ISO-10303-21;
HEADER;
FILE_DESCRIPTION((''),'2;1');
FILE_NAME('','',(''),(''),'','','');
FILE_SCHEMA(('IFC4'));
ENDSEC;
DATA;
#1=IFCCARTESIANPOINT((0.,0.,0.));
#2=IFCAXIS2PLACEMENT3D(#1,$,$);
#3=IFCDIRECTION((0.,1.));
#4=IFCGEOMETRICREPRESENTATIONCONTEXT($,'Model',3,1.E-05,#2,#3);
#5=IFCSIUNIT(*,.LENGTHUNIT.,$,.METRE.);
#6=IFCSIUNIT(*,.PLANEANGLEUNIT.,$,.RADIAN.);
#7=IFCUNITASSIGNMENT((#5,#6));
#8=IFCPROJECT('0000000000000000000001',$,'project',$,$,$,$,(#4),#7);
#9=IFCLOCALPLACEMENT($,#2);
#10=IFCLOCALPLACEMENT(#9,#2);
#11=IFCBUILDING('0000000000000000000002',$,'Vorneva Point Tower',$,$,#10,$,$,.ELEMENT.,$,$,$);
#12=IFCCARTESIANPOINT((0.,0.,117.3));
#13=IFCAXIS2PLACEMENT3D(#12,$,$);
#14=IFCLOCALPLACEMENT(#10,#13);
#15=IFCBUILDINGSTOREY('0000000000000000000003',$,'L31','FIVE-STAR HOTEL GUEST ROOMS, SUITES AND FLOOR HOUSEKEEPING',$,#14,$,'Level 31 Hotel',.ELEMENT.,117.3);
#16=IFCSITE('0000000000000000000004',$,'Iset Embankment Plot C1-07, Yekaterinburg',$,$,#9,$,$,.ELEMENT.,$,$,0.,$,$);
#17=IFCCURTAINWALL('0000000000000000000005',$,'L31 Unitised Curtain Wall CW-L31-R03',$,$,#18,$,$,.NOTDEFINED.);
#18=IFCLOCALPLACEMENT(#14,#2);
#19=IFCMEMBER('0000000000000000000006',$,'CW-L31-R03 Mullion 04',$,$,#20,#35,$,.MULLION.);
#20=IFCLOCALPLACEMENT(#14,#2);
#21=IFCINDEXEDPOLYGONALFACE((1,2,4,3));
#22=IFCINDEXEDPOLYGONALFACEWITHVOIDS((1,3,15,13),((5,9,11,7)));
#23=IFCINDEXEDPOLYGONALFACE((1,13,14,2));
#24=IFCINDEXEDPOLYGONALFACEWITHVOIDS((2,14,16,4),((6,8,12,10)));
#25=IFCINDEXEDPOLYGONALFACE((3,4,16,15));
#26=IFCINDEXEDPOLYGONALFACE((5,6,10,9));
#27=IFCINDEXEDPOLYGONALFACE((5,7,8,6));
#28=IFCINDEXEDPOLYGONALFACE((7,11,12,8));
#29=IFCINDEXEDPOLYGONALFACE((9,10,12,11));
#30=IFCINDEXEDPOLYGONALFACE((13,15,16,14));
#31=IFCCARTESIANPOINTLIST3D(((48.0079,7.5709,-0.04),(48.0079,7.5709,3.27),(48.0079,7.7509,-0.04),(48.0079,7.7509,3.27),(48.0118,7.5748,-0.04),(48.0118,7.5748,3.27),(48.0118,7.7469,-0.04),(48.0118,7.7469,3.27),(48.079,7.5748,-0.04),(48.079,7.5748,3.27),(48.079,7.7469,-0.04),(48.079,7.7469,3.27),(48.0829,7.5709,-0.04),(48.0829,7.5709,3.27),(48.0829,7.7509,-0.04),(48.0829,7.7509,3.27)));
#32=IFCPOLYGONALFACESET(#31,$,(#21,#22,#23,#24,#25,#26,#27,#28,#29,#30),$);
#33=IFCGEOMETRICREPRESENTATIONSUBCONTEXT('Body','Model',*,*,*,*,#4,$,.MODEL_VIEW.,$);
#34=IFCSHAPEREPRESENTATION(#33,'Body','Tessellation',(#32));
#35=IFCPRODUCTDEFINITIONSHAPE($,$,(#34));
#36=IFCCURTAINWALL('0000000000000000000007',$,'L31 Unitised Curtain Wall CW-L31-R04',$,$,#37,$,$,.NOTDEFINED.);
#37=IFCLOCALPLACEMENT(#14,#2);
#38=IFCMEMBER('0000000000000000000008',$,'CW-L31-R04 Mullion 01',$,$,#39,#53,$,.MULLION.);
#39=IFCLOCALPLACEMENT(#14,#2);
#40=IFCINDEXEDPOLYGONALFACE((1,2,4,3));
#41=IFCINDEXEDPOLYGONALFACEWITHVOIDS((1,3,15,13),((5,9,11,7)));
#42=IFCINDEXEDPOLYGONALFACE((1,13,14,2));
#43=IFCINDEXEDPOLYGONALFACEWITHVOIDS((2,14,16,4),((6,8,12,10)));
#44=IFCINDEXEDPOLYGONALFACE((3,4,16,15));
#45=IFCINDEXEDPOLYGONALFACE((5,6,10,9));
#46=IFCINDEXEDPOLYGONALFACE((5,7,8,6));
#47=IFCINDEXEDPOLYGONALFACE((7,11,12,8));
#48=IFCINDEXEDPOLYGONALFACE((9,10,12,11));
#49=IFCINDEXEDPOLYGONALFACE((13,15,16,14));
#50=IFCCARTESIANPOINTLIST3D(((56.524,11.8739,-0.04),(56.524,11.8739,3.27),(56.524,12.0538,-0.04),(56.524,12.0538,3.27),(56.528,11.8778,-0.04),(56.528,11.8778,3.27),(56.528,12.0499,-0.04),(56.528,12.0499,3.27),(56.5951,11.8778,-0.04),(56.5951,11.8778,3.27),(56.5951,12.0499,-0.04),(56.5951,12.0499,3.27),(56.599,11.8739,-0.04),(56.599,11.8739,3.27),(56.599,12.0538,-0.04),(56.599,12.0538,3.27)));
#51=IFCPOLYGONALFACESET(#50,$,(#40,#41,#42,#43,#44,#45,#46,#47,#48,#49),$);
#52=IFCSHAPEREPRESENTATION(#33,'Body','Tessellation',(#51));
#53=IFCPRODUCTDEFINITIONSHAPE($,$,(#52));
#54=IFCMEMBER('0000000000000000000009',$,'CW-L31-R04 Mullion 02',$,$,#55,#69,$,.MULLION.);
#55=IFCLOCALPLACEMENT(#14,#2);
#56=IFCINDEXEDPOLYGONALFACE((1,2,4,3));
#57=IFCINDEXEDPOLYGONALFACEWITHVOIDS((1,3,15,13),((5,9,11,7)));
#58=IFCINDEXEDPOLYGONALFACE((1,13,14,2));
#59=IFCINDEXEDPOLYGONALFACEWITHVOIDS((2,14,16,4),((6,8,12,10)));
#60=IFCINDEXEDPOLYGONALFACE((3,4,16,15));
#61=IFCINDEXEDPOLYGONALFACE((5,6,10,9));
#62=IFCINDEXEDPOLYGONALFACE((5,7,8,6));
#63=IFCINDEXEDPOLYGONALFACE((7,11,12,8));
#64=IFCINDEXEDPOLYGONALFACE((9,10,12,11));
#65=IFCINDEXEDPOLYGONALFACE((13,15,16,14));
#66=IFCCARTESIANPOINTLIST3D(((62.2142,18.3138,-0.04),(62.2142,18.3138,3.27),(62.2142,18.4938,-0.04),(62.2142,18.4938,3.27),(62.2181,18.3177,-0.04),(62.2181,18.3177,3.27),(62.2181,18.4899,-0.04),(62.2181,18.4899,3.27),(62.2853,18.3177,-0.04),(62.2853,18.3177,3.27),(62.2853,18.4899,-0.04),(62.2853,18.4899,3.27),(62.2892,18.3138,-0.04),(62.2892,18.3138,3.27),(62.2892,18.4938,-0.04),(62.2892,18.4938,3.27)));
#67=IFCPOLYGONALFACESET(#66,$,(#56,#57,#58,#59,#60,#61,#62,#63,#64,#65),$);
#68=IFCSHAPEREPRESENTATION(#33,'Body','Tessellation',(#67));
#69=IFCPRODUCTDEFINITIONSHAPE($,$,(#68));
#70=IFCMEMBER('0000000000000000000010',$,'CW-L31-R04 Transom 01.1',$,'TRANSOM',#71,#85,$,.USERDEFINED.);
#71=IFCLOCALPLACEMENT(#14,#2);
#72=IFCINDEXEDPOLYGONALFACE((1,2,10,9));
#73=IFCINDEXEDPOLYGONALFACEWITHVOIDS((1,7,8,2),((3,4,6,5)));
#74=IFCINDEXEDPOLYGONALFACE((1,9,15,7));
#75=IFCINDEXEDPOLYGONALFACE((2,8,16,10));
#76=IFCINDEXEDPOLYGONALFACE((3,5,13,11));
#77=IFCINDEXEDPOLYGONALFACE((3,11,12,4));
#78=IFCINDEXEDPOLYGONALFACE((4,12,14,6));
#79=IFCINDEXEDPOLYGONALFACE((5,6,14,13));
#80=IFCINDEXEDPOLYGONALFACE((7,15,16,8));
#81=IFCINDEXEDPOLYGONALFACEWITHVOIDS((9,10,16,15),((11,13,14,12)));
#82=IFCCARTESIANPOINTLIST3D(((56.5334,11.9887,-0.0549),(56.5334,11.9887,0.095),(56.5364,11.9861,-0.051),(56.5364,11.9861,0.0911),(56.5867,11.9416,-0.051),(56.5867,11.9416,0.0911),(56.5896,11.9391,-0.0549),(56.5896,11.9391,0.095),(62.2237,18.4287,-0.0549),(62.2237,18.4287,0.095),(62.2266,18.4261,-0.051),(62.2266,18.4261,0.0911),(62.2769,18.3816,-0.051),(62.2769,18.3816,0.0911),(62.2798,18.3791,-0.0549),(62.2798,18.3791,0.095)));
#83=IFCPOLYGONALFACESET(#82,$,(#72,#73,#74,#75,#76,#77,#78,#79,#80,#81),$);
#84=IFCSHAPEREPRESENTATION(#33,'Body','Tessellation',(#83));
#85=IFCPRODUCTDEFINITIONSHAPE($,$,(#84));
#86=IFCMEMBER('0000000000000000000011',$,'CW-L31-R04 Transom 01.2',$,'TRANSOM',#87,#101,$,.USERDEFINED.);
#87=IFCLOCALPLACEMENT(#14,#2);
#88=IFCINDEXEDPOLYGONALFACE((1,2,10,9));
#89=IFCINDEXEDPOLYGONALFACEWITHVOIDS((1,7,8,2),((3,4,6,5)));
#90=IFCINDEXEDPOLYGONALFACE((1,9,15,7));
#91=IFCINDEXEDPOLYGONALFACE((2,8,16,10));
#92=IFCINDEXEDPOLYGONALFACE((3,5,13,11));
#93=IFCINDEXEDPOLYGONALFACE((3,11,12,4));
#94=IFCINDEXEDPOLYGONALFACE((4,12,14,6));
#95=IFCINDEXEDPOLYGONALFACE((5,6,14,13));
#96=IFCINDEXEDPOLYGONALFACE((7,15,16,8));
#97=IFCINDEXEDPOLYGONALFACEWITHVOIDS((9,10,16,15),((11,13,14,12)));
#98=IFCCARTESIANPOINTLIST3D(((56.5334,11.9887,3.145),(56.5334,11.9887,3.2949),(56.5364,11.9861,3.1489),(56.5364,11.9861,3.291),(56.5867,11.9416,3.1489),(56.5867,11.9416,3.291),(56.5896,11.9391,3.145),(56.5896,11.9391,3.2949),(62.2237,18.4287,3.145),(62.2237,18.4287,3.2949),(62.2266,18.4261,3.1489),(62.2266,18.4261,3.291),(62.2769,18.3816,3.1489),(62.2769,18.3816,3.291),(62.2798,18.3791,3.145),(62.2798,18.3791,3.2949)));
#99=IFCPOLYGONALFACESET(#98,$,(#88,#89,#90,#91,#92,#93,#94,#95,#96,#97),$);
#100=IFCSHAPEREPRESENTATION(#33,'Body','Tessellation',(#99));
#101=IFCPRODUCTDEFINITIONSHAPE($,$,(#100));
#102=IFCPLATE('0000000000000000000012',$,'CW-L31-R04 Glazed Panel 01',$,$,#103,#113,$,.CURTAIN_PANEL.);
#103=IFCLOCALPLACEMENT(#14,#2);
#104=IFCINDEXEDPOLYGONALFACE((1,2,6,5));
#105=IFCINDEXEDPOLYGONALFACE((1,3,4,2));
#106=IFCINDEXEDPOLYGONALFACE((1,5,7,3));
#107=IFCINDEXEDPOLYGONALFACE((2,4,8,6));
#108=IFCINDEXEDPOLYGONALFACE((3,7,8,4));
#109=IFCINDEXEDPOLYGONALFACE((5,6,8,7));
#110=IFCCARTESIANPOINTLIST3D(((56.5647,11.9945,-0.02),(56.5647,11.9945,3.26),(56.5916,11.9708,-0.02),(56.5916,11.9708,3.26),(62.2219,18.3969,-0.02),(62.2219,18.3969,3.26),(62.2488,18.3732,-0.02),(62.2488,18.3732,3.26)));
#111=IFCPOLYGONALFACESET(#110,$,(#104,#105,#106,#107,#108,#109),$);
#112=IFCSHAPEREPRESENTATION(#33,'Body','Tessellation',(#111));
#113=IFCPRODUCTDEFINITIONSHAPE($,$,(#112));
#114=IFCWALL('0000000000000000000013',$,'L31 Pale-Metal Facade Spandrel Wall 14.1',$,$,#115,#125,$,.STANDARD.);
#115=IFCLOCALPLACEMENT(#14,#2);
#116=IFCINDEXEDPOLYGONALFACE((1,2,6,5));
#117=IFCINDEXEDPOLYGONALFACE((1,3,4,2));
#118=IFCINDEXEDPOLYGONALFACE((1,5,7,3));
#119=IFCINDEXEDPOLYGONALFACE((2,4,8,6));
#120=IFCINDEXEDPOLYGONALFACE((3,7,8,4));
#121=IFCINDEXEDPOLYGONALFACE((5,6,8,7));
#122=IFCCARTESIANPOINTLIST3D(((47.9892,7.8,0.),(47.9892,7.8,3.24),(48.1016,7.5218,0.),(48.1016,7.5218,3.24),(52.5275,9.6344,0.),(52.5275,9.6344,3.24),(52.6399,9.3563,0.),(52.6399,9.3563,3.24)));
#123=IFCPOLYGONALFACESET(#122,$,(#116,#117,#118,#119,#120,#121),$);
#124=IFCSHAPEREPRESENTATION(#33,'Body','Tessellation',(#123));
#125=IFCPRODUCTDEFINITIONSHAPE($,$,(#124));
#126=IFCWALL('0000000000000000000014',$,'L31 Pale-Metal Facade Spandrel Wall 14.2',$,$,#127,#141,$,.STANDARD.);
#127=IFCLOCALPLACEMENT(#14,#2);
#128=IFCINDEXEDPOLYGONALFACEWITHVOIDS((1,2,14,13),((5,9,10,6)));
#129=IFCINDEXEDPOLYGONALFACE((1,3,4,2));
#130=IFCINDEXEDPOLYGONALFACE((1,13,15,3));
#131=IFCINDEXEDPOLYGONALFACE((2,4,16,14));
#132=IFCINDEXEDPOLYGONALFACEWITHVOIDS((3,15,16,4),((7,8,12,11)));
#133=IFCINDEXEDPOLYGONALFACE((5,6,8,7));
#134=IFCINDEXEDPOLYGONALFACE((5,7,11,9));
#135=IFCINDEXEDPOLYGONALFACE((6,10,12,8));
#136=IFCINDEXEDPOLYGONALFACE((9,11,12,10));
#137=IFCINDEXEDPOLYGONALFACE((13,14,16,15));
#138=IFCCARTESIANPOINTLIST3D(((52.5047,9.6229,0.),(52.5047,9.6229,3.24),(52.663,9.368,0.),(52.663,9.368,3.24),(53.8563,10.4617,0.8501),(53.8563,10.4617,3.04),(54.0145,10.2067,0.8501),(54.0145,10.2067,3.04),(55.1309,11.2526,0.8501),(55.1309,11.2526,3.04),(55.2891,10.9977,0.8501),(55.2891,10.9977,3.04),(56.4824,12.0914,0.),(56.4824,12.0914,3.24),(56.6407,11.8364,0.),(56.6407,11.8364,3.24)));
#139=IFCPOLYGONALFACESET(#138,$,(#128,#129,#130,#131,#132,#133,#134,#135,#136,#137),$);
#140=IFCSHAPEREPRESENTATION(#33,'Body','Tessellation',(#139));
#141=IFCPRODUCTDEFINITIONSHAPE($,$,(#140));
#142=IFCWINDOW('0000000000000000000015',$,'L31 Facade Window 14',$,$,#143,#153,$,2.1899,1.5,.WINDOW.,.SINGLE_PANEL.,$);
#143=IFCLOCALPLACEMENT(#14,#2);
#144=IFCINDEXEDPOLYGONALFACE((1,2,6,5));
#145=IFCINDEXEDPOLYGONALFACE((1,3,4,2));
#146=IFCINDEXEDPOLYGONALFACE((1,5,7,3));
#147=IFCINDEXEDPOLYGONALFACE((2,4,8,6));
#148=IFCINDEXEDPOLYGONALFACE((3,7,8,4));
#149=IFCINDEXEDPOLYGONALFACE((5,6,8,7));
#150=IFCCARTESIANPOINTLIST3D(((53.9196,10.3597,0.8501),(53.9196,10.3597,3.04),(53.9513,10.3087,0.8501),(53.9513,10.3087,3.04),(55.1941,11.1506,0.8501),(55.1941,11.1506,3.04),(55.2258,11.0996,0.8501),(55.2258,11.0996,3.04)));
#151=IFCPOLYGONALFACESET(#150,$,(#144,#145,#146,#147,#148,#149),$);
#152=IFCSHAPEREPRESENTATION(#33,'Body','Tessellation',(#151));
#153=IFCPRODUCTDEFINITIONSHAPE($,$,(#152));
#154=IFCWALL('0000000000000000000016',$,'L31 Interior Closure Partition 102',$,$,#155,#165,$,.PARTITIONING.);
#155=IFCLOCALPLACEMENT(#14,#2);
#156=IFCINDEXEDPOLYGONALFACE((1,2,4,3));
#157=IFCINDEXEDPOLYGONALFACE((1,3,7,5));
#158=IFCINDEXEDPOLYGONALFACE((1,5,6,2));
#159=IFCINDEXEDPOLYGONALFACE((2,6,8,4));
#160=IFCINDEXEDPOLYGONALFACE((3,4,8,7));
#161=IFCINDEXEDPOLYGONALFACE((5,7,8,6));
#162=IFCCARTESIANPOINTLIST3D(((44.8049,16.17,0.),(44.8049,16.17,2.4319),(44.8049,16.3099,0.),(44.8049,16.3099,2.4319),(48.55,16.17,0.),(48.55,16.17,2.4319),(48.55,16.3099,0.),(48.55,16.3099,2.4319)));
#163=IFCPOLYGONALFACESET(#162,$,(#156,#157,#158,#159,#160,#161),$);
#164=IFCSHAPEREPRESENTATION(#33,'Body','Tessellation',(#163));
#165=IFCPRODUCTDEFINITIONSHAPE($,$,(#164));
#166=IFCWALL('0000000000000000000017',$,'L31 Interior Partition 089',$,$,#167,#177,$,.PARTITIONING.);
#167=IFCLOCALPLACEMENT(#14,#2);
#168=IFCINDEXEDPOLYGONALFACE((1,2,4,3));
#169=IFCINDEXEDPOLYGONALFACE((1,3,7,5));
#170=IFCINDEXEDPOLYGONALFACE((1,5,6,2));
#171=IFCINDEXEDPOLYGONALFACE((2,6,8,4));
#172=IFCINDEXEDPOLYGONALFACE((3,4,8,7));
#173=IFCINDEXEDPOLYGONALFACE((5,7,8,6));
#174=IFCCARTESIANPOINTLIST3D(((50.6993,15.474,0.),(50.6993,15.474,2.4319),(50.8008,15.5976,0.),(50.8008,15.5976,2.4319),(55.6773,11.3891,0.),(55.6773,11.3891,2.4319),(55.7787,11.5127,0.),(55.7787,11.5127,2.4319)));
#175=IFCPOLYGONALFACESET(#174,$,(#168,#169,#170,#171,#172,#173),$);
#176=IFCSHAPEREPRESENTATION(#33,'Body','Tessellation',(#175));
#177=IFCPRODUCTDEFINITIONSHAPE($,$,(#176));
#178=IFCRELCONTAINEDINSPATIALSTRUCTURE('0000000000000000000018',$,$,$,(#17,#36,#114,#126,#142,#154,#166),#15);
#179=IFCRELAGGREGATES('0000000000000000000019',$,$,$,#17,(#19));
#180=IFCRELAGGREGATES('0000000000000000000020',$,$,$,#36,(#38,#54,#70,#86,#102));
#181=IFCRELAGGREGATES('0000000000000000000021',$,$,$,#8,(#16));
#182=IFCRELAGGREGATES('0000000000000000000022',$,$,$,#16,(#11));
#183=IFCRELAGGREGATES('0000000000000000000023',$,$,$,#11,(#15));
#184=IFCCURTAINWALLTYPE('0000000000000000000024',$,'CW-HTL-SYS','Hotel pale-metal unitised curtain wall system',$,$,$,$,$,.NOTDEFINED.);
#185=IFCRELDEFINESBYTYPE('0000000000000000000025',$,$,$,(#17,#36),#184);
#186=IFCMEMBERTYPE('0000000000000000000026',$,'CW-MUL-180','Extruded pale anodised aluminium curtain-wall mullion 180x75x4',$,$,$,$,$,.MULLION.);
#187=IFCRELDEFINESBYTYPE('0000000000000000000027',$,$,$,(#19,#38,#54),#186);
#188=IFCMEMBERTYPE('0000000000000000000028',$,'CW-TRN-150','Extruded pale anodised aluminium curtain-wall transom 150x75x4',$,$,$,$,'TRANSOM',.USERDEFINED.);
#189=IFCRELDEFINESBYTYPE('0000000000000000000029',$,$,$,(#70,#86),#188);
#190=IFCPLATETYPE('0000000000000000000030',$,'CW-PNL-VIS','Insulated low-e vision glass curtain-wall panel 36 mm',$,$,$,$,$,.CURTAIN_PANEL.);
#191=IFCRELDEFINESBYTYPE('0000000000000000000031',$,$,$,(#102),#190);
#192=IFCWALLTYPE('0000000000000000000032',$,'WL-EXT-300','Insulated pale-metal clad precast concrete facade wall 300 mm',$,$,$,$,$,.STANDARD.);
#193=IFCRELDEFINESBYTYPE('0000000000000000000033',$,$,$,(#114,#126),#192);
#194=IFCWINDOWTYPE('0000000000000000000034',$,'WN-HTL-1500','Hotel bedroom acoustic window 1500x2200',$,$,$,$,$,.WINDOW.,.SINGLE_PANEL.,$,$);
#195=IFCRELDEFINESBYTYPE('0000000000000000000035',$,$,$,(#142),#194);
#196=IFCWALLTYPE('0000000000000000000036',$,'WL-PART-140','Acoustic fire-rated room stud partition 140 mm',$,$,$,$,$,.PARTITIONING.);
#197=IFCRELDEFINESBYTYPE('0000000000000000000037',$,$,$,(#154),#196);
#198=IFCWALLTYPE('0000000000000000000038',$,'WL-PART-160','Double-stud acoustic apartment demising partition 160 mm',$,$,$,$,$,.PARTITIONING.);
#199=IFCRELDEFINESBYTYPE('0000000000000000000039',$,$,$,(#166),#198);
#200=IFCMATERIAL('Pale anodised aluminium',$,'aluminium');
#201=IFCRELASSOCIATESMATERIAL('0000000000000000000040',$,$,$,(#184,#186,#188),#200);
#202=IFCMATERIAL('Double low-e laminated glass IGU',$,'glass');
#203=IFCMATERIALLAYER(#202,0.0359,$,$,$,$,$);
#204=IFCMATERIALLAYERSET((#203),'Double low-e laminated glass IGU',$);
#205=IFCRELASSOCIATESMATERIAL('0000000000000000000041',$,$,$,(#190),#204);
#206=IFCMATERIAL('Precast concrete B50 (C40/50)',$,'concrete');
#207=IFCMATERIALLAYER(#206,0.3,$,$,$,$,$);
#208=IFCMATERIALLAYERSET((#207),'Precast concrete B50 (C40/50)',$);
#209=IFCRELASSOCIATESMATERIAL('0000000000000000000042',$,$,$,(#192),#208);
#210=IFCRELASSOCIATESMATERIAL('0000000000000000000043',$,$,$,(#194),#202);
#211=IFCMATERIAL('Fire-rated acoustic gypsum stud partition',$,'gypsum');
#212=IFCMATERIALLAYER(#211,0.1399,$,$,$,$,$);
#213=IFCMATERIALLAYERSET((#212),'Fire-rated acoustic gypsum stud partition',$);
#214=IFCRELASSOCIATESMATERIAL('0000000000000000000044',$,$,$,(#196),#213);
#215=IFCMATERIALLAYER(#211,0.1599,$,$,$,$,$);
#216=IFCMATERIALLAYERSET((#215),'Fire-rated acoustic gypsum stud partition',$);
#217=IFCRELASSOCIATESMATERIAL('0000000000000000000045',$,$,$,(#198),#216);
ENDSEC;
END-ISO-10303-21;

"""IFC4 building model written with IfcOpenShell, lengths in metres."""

from ifc_helpers import new_model, si_unit, direction, frame, frame_2d, origin, origin_2d, place, context, subcontext, project, spatial, rectangle, hollow_rectangle, extrude, material, layer, layer_set, material_profile, profile_set, type_object, element, fill, aggregate, save


model = new_model("IFC4")

# Units and contexts
model_context = context("Model", 3, precision=1e-05, world=origin(), true_north=direction((0.0, 1.0)))
body_context = subcontext(model_context, "Body", "Model", "MODEL_VIEW")
ifc_project = project(units=[si_unit("LENGTHUNIT", "METRE"), si_unit("PLANEANGLEUNIT", "RADIAN")], contexts=[model_context])

# Site, building, storey
site_placement = place(None, origin())
site = spatial("IfcSite", under=ifc_project, at=site_placement, Name="Iset Embankment Plot C1-07, Yekaterinburg", CompositionType="ELEMENT", RefElevation=0.0)
building_placement = place(site_placement, origin())
building = spatial("IfcBuilding", under=site, at=building_placement, Name="Vorneva Point Tower", CompositionType="ELEMENT")
storey_placement = place(building_placement, frame((0.0, 0.0, 117.3)))
storey = spatial("IfcBuildingStorey", under=building, at=storey_placement, Name="L31", Description="FIVE-STAR HOTEL GUEST ROOMS, SUITES AND FLOOR HOUSEKEEPING", LongName="Level 31 Hotel", CompositionType="ELEMENT", Elevation=117.3)

# Curtain wall, member
ifc_material_1 = material(Name="Pale anodised aluminium", Category="aluminium")
curtain_wall_type = type_object("IfcCurtainWallType", Name="CW-HTL-SYS", Description="Hotel pale-metal unitised curtain wall system", PredefinedType="NOTDEFINED", material=ifc_material_1)
curtain_wall_1_placement = place(storey_placement, origin())
curtain_wall_1 = element("IfcCurtainWall", 1, at=curtain_wall_1_placement, inside=storey, type_object=curtain_wall_type, Name="L31 Unitised Curtain Wall CW-L31-R03", PredefinedType="NOTDEFINED")
ifc_material_profile_1 = material_profile(ifc_material_1, hollow_rectangle(XDim=0.075, YDim=0.1799, WallThickness=0.0039, at=origin_2d()), Name="AL-MUL 180x75x4")
ifc_profile_set_1 = profile_set([ifc_material_profile_1], Name="Pale anodised aluminium")
member_type_1 = type_object("IfcMemberType", Name="CW-MUL-180", Description="Extruded pale anodised aluminium curtain-wall mullion 180x75x4", PredefinedType="MULLION", material=ifc_profile_set_1)
member_1_placement = place(storey_placement, frame((48.0454, 7.6609, -0.04), z_axis=(0.0, 0.0, 1.0), x_axis=(1.0, 0.0, 0.0)))
member_1 = element("IfcMember", 2, at=member_1_placement, type_object=member_type_1, Name="CW-L31-R03 Mullion 04", PredefinedType="MULLION", context=body_context, shape_type="SweptSolid", body=[
    extrude(hollow_rectangle(XDim=0.075, YDim=0.1799, WallThickness=0.0039, at=origin_2d()), origin(), (0.0, 0.0, 1.0), 3.3101),
])
aggregate(curtain_wall_1, [member_1])

# Curtain wall, members, plate
curtain_wall_2_placement = place(storey_placement, origin())
curtain_wall_2 = element("IfcCurtainWall", 3, at=curtain_wall_2_placement, inside=storey, type_object=curtain_wall_type, Name="L31 Unitised Curtain Wall CW-L31-R04", PredefinedType="NOTDEFINED")
member_2_placement = place(storey_placement, frame((56.5615, 11.9639, -0.04), z_axis=(0.0, 0.0, 1.0), x_axis=(1.0, 0.0, 0.0)))
member_2 = element("IfcMember", 4, at=member_2_placement, type_object=member_type_1, Name="CW-L31-R04 Mullion 01", PredefinedType="MULLION", context=body_context, shape_type="SweptSolid", body=[
    extrude(hollow_rectangle(XDim=0.075, YDim=0.1799, WallThickness=0.0039, at=origin_2d()), origin(), (0.0, 0.0, 1.0), 3.3101),
])
member_3_placement = place(storey_placement, frame((62.2517, 18.4038, -0.04), z_axis=(0.0, 0.0, 1.0), x_axis=(1.0, 0.0, 0.0)))
member_3 = element("IfcMember", 5, at=member_3_placement, type_object=member_type_1, Name="CW-L31-R04 Mullion 02", PredefinedType="MULLION", context=body_context, shape_type="SweptSolid", body=[
    extrude(hollow_rectangle(XDim=0.075, YDim=0.1799, WallThickness=0.0039, at=origin_2d()), origin(), (0.0, 0.0, 1.0), 3.3101),
])
ifc_material_profile_2 = material_profile(ifc_material_1, hollow_rectangle(XDim=0.075, YDim=0.1499, WallThickness=0.0039, at=origin_2d()), Name="AL-TRN 150x75x4")
ifc_profile_set_2 = profile_set([ifc_material_profile_2], Name="Pale anodised aluminium")
member_type_2 = type_object("IfcMemberType", Name="CW-TRN-150", Description="Extruded pale anodised aluminium curtain-wall transom 150x75x4", ElementType="TRANSOM", PredefinedType="USERDEFINED", material=ifc_profile_set_2)
member_4_placement = place(storey_placement, frame((56.5615, 11.9639, 0.02), z_axis=(0.662137, 0.749383, 0.0), x_axis=(-0.749383, 0.662137, 0.0)))
member_4 = element("IfcMember", 6, at=member_4_placement, type_object=member_type_2, Name="CW-L31-R04 Transom 01.1", ObjectType="TRANSOM", PredefinedType="USERDEFINED", context=body_context, shape_type="SweptSolid", body=[
    extrude(hollow_rectangle(XDim=0.075, YDim=0.1499, WallThickness=0.0039, at=origin_2d()), origin(), (0.0, 0.0, 1.0), 8.5938),
])
member_5_placement = place(storey_placement, frame((56.5615, 11.9639, 3.22), z_axis=(0.662137, 0.749383, 0.0), x_axis=(-0.749383, 0.662137, 0.0)))
member_5 = element("IfcMember", 7, at=member_5_placement, type_object=member_type_2, Name="CW-L31-R04 Transom 01.2", ObjectType="TRANSOM", PredefinedType="USERDEFINED", context=body_context, shape_type="SweptSolid", body=[
    extrude(hollow_rectangle(XDim=0.075, YDim=0.1499, WallThickness=0.0039, at=origin_2d()), origin(), (0.0, 0.0, 1.0), 8.5938),
])
ifc_material_2 = material(Name="Double low-e laminated glass IGU", Category="glass")
ifc_layer_1 = layer(ifc_material_2, 0.0359)
ifc_layer_set_1 = layer_set([ifc_layer_1], Name="Double low-e laminated glass IGU")
plate_type = type_object("IfcPlateType", Name="CW-PNL-VIS", Description="Insulated low-e vision glass curtain-wall panel 36 mm", PredefinedType="CURTAIN_PANEL", material=ifc_layer_set_1)
plate_placement = place(storey_placement, frame((59.4067, 15.1838, -0.02), z_axis=(0.0, 0.0, 1.0), x_axis=(0.662149, 0.749372, 0.0)))
plate = element("IfcPlate", 8, at=plate_placement, type_object=plate_type, Name="CW-L31-R04 Glazed Panel 01", PredefinedType="CURTAIN_PANEL", context=body_context, shape_type="SweptSolid", body=[
    extrude(rectangle(XDim=8.5437, YDim=0.0359, at=origin_2d()), origin(), (0.0, 0.0, 1.0), 3.28),
])
aggregate(curtain_wall_2, [member_2, member_3, member_4, member_5, plate])

# Wall
ifc_material_3 = material(Name="Precast concrete B50 (C40/50)", Category="concrete")
ifc_layer_2 = layer(ifc_material_3, 0.3)
ifc_layer_set_2 = layer_set([ifc_layer_2], Name="Precast concrete B50 (C40/50)")
wall_type_1 = type_object("IfcWallType", Name="WL-EXT-300", Description="Insulated pale-metal clad precast concrete facade wall 300 mm", PredefinedType="STANDARD", material=ifc_layer_set_2)
wall_1_placement = place(storey_placement, frame((48.0454, 7.6609, 0.0), z_axis=(0.0, 0.0, 1.0), x_axis=(0.927122, 0.374759, 0.0)))
element("IfcWall", 9, at=wall_1_placement, inside=storey, type_object=wall_type_1, Name="L31 Pale-Metal Facade Spandrel Wall 14.1", PredefinedType="STANDARD", context=body_context, shape_type="SweptSolid", body=[
    extrude(rectangle(XDim=4.895, YDim=0.3, at=frame_2d((2.4475, 0.0))), origin(), (0.0, 0.0, 1.0), 3.24),
])

# Wall, opening, window
wall_2_placement = place(storey_placement, frame((52.5837, 9.4954, 0.0), z_axis=(0.0, 0.0, 1.0), x_axis=(0.849684, 0.527291, 0.0)))
wall_2 = element("IfcWall", 10, at=wall_2_placement, inside=storey, type_object=wall_type_1, Name="L31 Pale-Metal Facade Spandrel Wall 14.2", PredefinedType="STANDARD", context=body_context, shape_type="SweptSolid", body=[
    extrude(rectangle(XDim=4.6814, YDim=0.3, at=frame_2d((2.3408, 0.0))), origin(), (0.0, 0.0, 1.0), 3.24),
])
opening_1_placement = place(wall_2_placement, frame((1.5908, 0.0, 0.8501)))
opening_1 = element("IfcOpeningElement", 11, at=opening_1_placement, cuts=wall_2, PredefinedType="OPENING", context=body_context, shape_type="SweptSolid", body=[
    extrude(rectangle(XDim=1.5, YDim=2.1899, at=frame_2d((0.75, 1.095))), frame((0.0, 0.165, 0.0), z_axis=(0.0, -1.0, 0.0), x_axis=(1.0, 0.0, 0.0)), (0.0, 0.0, 1.0), 0.3298),
])
window_type = type_object("IfcWindowType", Name="WN-HTL-1500", Description="Hotel bedroom acoustic window 1500x2200", PartitioningType="SINGLE_PANEL", PredefinedType="WINDOW", material=ifc_material_2)
window_placement = place(opening_1_placement, origin())
window = element("IfcWindow", 12, at=window_placement, inside=storey, type_object=window_type, Name="L31 Facade Window 14", OverallHeight=2.1899, OverallWidth=1.5, PartitioningType="SINGLE_PANEL", PredefinedType="WINDOW", context=body_context, shape_type="SweptSolid", body=[
    extrude(rectangle(XDim=1.5, YDim=2.1899, at=frame_2d((0.75, 1.095))), frame((0.0, 0.03, 0.0), z_axis=(0.0, -1.0, 0.0), x_axis=(1.0, 0.0, 0.0)), (0.0, 0.0, 1.0), 0.0601),
])
fill(opening_1, window)

# Walls
ifc_material_4 = material(Name="Fire-rated acoustic gypsum stud partition", Category="gypsum")
ifc_layer_3 = layer(ifc_material_4, 0.1399)
ifc_layer_set_3 = layer_set([ifc_layer_3], Name="Fire-rated acoustic gypsum stud partition")
wall_type_2 = type_object("IfcWallType", Name="WL-PART-140", Description="Acoustic fire-rated room stud partition 140 mm", PredefinedType="PARTITIONING", material=ifc_layer_set_3)
wall_3_placement = place(storey_placement, frame((48.55, 16.24, 0.0), z_axis=(0.0, 0.0, 1.0), x_axis=(-1.0, 0.0, 0.0)))
element("IfcWall", 13, at=wall_3_placement, inside=storey, type_object=wall_type_2, Name="L31 Interior Closure Partition 102", PredefinedType="PARTITIONING", context=body_context, shape_type="SweptSolid", body=[
    extrude(rectangle(XDim=3.7451, YDim=0.1399, at=frame_2d((1.8726, 0.0))), origin(), (0.0, 0.0, 1.0), 2.4319),
])
ifc_layer_4 = layer(ifc_material_4, 0.1599)
ifc_layer_set_4 = layer_set([ifc_layer_4], Name="Fire-rated acoustic gypsum stud partition")
wall_type_3 = type_object("IfcWallType", Name="WL-PART-160", Description="Double-stud acoustic apartment demising partition 160 mm", PredefinedType="PARTITIONING", material=ifc_layer_set_4)
wall_4_placement = place(storey_placement, frame((55.728, 11.4509, 0.0), z_axis=(0.0, 0.0, 1.0), x_axis=(-0.773041, 0.634356, 0.0)))
element("IfcWall", 14, at=wall_4_placement, inside=storey, type_object=wall_type_3, Name="L31 Interior Partition 089", PredefinedType="PARTITIONING", context=body_context, shape_type="SweptSolid", body=[
    extrude(rectangle(XDim=6.4395, YDim=0.1599, at=frame_2d((3.2197, 0.0))), origin(), (0.0, 0.0, 1.0), 2.4319),
])

save(model, "model.ifc")
